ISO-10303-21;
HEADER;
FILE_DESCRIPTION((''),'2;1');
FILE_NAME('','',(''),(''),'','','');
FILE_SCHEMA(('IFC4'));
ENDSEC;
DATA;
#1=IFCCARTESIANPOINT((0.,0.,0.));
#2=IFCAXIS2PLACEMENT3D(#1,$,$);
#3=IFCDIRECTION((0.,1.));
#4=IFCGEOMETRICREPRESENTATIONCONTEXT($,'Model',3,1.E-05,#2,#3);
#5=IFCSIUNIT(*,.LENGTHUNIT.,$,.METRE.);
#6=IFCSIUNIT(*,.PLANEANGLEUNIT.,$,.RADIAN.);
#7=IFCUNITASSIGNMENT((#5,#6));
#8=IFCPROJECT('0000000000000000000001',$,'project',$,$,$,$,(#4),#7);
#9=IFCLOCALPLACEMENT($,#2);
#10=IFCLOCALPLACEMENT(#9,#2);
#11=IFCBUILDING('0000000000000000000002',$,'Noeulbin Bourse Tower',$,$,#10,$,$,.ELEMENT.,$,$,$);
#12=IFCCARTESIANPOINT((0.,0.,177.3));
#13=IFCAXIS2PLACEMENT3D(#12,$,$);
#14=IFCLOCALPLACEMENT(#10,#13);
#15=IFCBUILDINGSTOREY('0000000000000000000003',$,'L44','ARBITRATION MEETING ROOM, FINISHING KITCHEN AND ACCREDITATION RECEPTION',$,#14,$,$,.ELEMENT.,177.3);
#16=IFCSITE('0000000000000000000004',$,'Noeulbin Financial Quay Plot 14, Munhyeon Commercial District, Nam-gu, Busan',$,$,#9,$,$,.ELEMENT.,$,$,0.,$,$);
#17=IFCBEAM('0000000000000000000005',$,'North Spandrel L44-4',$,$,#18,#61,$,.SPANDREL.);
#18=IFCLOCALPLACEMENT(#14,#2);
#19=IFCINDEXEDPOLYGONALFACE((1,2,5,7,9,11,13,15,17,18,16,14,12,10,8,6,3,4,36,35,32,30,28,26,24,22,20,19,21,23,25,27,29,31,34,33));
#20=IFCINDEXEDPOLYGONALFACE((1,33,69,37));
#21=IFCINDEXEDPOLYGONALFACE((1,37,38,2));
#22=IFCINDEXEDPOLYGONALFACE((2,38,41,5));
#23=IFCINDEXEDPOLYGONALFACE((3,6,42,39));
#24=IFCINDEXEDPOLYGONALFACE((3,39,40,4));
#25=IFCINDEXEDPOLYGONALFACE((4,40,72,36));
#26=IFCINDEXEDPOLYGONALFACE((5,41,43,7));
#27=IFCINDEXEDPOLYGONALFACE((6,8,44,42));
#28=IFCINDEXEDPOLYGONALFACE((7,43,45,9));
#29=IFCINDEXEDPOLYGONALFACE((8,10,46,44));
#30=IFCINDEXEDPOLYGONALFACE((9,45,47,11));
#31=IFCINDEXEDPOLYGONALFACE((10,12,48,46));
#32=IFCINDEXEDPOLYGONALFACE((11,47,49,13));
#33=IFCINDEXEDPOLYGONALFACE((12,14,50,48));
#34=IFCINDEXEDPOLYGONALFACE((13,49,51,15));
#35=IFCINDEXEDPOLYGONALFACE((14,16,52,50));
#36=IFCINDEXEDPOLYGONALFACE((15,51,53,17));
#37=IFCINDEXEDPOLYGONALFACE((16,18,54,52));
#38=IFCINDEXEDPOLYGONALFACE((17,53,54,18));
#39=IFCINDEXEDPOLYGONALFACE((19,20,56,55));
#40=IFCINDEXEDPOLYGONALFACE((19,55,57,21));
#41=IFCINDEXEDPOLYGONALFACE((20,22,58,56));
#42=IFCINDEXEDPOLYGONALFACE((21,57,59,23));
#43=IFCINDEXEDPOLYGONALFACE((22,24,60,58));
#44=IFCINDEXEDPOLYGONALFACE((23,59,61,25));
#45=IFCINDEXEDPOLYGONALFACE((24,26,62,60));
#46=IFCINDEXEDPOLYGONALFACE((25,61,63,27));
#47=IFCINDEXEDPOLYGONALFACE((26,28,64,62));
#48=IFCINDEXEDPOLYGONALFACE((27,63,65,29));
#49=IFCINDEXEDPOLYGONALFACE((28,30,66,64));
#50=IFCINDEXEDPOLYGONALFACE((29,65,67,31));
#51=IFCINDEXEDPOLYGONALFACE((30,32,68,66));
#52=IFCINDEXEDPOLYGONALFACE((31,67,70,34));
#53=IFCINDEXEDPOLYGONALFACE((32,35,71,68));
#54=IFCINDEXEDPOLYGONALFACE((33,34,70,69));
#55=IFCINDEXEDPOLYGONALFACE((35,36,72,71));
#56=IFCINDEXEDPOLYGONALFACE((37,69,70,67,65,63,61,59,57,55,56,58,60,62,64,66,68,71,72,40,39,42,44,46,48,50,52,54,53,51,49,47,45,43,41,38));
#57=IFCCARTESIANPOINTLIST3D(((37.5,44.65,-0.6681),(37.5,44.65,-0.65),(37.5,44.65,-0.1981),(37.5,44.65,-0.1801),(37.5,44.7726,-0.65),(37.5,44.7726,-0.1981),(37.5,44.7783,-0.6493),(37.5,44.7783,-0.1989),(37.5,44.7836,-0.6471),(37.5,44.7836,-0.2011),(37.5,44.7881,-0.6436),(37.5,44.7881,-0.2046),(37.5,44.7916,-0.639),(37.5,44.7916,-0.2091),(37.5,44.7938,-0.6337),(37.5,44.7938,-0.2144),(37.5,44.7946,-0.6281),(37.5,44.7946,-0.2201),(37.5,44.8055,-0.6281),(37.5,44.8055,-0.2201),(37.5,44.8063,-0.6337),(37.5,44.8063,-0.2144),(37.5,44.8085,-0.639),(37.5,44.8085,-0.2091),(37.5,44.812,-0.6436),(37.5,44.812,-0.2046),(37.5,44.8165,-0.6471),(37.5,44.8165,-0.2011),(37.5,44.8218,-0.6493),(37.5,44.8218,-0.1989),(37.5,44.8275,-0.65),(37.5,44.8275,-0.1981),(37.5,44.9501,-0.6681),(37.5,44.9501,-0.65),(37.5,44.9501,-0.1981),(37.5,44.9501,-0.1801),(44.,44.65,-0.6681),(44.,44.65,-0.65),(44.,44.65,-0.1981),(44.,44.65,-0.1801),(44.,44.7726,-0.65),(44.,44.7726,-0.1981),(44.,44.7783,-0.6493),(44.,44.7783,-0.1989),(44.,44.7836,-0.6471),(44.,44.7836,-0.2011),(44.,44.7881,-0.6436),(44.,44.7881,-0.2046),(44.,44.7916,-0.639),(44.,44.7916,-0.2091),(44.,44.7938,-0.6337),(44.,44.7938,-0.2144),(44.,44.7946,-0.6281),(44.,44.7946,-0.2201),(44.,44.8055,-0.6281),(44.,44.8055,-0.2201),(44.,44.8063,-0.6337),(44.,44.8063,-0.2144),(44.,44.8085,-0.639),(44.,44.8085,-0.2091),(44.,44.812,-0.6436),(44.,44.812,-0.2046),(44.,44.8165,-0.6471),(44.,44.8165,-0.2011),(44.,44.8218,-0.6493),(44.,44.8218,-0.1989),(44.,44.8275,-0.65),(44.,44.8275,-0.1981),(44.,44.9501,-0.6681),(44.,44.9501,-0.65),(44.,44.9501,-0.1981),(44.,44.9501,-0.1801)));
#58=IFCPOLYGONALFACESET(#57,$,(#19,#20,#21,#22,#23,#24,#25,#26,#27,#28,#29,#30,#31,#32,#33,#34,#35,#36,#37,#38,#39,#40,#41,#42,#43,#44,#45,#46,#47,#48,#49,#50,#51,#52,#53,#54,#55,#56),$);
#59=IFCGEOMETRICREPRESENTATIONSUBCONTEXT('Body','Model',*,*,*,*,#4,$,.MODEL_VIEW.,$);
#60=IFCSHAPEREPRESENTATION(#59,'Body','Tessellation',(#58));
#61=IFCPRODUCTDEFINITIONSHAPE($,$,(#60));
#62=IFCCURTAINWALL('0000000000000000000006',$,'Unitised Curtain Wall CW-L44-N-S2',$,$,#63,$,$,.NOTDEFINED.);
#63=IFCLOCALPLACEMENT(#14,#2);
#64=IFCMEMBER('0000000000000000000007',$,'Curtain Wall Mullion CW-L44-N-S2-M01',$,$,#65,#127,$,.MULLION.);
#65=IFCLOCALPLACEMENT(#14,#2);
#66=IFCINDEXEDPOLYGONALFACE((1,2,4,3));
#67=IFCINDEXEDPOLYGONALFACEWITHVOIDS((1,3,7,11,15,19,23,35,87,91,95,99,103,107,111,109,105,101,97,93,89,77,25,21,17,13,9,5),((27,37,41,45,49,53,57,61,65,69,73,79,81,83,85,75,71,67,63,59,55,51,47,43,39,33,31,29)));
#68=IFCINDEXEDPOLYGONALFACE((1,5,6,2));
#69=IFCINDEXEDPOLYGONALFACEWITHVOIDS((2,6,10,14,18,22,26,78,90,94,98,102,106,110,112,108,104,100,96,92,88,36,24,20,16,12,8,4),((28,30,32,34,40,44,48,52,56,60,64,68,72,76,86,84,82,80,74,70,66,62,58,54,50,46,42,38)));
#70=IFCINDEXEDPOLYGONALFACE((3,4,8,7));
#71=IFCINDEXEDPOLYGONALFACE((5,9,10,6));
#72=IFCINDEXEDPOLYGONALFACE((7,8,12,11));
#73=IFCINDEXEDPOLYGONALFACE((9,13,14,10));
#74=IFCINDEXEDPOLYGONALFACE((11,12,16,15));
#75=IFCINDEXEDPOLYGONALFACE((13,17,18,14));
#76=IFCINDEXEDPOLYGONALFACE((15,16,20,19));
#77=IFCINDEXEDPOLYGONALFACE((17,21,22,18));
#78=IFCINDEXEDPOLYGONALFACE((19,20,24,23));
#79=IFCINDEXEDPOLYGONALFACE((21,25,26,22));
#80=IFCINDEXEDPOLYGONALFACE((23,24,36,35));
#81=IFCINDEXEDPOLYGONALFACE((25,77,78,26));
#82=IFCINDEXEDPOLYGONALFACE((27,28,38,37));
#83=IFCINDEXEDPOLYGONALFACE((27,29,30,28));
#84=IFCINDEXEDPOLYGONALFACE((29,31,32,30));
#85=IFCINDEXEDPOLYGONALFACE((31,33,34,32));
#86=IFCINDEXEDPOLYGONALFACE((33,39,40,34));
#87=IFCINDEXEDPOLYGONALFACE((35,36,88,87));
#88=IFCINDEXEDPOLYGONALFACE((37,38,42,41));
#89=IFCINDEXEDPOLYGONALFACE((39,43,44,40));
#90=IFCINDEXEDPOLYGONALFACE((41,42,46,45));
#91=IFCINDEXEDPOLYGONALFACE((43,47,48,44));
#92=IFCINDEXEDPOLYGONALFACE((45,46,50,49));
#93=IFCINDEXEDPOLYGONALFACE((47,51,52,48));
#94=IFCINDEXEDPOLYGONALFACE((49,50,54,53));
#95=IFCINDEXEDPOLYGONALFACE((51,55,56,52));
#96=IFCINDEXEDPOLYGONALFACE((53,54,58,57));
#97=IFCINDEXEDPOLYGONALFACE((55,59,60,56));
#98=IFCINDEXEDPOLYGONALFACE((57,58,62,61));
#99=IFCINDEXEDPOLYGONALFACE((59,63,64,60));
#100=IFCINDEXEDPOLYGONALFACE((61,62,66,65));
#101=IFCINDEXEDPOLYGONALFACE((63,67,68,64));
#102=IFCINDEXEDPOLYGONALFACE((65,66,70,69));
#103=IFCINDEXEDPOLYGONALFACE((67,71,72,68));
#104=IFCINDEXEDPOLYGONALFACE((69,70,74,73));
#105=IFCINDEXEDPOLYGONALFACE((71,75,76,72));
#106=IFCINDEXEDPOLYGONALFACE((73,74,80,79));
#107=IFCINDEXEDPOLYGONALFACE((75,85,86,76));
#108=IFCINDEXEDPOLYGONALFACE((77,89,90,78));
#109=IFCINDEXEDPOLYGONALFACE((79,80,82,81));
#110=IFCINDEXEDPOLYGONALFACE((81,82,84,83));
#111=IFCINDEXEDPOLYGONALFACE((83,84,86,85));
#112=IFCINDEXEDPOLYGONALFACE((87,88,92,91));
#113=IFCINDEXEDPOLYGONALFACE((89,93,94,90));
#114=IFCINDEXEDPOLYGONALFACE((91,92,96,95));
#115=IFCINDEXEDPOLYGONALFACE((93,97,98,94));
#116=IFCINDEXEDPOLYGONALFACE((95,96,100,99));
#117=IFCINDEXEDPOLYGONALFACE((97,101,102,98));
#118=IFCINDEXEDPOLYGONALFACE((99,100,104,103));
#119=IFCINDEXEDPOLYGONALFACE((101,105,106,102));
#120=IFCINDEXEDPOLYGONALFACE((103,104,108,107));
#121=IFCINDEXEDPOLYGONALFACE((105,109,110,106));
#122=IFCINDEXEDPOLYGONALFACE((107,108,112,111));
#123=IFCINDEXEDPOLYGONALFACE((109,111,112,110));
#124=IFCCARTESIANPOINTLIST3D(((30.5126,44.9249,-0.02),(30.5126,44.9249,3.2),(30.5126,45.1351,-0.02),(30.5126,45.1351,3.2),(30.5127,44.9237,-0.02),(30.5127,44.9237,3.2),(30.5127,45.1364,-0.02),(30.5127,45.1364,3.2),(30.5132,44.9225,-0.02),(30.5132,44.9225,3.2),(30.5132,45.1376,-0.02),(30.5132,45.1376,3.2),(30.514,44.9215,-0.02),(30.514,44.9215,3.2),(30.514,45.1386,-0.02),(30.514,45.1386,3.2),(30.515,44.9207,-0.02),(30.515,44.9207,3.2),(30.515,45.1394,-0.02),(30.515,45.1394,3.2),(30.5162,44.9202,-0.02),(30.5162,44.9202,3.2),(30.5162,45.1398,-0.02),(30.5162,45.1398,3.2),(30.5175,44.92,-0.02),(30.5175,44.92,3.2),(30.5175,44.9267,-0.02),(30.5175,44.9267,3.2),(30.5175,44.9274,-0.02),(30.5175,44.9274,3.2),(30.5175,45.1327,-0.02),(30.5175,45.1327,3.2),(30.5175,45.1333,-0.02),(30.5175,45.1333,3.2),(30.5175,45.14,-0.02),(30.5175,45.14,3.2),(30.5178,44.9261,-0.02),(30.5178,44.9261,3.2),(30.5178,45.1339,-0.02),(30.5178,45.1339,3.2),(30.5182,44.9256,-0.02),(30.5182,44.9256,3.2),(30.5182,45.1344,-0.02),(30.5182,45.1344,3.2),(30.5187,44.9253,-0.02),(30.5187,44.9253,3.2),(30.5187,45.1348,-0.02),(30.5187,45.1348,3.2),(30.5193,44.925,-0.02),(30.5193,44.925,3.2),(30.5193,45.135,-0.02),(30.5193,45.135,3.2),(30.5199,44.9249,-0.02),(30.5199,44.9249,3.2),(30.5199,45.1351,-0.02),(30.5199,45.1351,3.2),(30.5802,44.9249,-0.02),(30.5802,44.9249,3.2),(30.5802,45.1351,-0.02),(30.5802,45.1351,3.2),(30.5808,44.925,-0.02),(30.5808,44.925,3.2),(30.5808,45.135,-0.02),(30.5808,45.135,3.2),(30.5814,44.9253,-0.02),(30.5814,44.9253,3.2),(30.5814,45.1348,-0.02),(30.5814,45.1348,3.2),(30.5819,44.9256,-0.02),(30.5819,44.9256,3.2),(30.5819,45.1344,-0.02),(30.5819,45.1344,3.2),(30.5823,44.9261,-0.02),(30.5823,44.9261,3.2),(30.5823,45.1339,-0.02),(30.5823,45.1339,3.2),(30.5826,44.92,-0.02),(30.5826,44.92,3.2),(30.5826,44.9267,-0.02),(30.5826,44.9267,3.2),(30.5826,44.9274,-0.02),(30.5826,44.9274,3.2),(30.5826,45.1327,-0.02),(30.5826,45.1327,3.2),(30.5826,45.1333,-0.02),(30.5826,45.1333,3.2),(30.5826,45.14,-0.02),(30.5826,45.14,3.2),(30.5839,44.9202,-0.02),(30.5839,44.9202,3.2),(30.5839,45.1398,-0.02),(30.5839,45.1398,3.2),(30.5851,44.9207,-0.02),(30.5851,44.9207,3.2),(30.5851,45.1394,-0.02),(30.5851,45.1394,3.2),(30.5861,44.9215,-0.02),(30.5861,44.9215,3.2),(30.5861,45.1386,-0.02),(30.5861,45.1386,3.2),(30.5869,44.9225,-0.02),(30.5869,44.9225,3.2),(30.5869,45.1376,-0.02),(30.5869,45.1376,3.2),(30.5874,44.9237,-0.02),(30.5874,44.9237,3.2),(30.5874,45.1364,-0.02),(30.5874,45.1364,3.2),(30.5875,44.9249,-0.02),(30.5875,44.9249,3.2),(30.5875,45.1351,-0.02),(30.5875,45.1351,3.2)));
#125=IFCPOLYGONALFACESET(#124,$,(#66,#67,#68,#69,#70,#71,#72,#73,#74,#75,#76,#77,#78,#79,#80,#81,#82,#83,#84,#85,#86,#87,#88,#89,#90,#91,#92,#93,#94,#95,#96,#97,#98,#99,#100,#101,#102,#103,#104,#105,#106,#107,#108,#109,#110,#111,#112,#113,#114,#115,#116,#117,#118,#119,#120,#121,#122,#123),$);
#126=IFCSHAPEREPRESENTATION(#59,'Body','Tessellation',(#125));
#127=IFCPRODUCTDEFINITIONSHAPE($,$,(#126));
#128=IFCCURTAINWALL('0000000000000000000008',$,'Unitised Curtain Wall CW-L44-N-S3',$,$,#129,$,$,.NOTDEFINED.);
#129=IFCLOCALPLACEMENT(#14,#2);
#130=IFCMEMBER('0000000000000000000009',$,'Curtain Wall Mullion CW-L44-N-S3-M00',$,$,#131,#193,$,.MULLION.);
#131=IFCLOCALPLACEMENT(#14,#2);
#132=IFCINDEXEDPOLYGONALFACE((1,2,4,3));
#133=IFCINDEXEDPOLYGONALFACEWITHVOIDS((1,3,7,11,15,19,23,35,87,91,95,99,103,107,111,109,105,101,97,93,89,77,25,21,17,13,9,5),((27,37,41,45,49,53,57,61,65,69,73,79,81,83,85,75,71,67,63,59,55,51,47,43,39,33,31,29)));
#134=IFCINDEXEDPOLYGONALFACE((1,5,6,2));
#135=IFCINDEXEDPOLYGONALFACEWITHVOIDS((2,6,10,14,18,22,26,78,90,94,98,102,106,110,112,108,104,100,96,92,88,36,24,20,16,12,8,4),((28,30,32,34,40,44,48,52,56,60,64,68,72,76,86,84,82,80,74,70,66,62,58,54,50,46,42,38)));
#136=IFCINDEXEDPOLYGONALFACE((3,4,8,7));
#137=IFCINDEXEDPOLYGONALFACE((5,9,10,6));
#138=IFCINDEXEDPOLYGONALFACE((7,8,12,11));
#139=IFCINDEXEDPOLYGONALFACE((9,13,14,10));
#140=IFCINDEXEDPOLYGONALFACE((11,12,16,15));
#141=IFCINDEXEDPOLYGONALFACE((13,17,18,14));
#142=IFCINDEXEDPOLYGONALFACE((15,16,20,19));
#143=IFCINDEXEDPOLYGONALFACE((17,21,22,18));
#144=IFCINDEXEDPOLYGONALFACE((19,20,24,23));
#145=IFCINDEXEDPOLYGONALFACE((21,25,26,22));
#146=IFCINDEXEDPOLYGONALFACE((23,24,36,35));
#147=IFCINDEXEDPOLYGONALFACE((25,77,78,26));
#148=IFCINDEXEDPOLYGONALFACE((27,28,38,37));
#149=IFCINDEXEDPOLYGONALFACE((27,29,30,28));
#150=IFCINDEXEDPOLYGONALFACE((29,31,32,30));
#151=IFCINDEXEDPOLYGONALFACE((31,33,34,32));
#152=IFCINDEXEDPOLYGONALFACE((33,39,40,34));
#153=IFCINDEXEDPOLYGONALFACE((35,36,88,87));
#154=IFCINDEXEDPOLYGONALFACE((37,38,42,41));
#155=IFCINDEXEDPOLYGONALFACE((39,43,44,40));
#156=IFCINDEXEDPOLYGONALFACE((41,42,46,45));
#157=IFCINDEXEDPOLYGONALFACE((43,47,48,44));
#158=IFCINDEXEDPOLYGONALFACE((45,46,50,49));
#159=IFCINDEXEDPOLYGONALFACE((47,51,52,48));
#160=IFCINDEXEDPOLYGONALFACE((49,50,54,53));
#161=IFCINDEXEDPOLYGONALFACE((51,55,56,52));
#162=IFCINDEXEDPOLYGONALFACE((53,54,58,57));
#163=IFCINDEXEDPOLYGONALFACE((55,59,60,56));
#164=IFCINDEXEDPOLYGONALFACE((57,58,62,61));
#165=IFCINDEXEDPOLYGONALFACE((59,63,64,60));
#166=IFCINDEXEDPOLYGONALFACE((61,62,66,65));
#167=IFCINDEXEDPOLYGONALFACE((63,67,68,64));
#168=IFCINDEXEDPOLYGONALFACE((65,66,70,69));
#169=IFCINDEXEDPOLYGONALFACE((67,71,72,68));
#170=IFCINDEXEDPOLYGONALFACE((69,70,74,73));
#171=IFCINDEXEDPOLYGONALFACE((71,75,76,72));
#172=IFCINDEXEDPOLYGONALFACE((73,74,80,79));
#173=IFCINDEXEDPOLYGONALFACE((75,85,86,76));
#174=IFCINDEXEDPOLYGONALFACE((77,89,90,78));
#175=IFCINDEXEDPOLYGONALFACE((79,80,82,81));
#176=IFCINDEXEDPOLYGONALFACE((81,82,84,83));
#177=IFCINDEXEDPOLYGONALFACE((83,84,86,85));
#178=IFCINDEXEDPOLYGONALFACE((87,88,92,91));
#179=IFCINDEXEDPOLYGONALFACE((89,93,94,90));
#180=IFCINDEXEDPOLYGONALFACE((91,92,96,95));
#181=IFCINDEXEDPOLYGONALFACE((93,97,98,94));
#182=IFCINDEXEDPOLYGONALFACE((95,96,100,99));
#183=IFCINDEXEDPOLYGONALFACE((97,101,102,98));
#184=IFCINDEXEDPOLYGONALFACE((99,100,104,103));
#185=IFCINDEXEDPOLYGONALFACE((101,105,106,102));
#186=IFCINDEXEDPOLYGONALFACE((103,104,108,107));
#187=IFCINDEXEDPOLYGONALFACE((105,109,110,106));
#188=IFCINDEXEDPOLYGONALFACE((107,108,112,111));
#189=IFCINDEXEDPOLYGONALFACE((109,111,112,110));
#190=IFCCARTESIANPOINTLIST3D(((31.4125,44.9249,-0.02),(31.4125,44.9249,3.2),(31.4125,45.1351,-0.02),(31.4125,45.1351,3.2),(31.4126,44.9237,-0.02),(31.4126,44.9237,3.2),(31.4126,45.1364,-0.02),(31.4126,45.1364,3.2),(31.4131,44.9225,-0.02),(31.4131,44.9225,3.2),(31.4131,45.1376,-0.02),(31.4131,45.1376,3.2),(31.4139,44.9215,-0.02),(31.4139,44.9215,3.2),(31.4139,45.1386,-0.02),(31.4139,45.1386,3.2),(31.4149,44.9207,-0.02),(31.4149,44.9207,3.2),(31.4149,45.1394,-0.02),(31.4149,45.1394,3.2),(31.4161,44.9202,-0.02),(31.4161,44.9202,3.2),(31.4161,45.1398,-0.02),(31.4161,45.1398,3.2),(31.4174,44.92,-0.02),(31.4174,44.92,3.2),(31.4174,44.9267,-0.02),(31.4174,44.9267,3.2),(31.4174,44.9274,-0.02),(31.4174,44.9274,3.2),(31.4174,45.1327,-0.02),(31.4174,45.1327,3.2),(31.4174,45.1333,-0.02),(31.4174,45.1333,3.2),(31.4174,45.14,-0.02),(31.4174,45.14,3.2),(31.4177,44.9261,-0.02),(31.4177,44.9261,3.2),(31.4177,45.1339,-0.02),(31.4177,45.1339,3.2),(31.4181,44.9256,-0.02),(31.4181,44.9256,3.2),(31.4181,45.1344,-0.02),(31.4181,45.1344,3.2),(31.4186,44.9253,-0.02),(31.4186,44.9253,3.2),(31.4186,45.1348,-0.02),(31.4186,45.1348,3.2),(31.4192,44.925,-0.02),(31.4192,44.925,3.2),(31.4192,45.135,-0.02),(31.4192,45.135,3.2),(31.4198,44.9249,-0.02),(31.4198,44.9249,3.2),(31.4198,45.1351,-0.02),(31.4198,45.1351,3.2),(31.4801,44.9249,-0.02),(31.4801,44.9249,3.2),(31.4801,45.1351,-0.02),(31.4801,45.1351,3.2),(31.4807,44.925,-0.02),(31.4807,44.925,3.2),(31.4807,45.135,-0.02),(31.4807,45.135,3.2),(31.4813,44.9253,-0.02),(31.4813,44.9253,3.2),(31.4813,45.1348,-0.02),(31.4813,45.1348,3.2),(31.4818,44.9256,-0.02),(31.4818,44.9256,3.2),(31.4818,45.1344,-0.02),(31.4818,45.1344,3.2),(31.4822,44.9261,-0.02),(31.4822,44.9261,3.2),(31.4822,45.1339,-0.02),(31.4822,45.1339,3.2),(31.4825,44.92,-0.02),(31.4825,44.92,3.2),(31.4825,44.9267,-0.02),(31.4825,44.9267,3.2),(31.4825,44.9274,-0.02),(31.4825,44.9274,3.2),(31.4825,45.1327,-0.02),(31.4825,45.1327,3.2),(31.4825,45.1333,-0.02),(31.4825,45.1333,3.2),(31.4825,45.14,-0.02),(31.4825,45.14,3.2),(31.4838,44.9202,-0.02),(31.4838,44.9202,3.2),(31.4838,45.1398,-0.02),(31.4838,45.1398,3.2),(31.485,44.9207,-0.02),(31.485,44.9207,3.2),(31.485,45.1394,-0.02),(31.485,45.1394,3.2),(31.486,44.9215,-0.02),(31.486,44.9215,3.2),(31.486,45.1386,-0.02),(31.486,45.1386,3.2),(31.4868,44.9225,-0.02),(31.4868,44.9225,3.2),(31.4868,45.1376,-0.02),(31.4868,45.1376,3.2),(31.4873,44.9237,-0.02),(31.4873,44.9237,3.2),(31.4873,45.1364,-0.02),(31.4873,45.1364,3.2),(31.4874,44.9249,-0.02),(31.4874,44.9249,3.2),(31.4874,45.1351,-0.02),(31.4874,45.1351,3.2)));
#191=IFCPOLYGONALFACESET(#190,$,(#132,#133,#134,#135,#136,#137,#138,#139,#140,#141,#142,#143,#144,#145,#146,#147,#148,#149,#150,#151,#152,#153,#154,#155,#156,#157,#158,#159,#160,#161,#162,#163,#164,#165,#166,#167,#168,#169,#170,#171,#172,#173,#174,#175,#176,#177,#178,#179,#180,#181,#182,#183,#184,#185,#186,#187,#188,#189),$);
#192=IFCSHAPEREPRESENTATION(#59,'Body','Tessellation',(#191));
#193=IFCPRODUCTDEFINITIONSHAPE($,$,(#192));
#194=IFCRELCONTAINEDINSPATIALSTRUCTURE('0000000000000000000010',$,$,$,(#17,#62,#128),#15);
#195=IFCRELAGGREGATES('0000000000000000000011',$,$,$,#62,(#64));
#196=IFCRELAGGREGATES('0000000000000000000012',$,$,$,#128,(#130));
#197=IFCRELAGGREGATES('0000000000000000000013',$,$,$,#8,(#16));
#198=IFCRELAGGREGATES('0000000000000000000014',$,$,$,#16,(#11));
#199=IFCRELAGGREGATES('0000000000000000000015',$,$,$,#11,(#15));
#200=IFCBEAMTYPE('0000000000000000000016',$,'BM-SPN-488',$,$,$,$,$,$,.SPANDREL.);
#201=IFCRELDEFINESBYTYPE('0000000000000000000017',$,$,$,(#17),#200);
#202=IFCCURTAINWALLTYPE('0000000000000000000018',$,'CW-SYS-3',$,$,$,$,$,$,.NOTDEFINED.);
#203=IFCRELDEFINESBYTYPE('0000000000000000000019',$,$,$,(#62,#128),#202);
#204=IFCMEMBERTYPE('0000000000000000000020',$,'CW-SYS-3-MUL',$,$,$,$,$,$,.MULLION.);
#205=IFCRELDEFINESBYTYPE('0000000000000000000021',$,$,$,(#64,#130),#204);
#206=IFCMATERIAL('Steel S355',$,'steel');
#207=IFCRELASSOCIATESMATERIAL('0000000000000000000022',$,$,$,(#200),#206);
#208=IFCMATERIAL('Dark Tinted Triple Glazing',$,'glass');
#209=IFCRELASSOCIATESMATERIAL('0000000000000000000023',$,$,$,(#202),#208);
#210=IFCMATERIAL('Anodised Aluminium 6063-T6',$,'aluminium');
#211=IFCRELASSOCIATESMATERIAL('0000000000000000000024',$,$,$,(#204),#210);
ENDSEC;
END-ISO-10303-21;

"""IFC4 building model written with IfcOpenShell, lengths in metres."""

from ifc_helpers import new_model, si_unit, direction, frame, origin, origin_2d, place, context, subcontext, project, spatial, hollow_rectangle, i_section, extrude, material, material_profile, profile_set, type_object, element, aggregate, save


model = new_model("IFC4")

# Units and contexts
model_context = context("Model", 3, precision=1e-05, world=origin(), true_north=direction((0.0, 1.0)))
body_context = subcontext(model_context, "Body", "Model", "MODEL_VIEW")
ifc_project = project(units=[si_unit("LENGTHUNIT", "METRE"), si_unit("PLANEANGLEUNIT", "RADIAN")], contexts=[model_context])

# Site, building, storey
site_placement = place(None, origin())
site = spatial("IfcSite", under=ifc_project, at=site_placement, Name="Noeulbin Financial Quay Plot 14, Munhyeon Commercial District, Nam-gu, Busan", CompositionType="ELEMENT", RefElevation=0.0)
building_placement = place(site_placement, origin())
building = spatial("IfcBuilding", under=site, at=building_placement, Name="Noeulbin Bourse Tower", CompositionType="ELEMENT")
storey_placement = place(building_placement, frame((0.0, 0.0, 177.3)))
storey = spatial("IfcBuildingStorey", under=building, at=storey_placement, Name="L44", Description="ARBITRATION MEETING ROOM, FINISHING KITCHEN AND ACCREDITATION RECEPTION", CompositionType="ELEMENT", Elevation=177.3)

# Shared definitions
ifc_material_1 = material(Name="Steel S355", Category="steel")

# Beam
ifc_material_profile_1 = material_profile(ifc_material_1, i_section(OverallWidth=0.3, OverallDepth=0.488, WebThickness=0.011, FlangeThickness=0.0181, FilletRadius=0.022, at=origin_2d()), Name="H-488x300x11x18", Category="LoadBearing")
ifc_profile_set_1 = profile_set([ifc_material_profile_1], Name="Steel S355")
beam_type_1 = type_object("IfcBeamType", Name="BM-SPN-488", PredefinedType="SPANDREL", material=ifc_profile_set_1)
for number, where, z_axis, x_axis, name in (
    (1, (37.5, 44.8, -0.4241), (1.0, 0.0, 0.0), (0.0, 1.0, 0.0), "North Spandrel L44-4"),
):
    element("IfcBeam", number, at=place(storey_placement, frame(where, z_axis=z_axis, x_axis=x_axis)), inside=storey, type_object=beam_type_1, Name=name, PredefinedType="SPANDREL", context=body_context, shape_type="SweptSolid", body=[
        extrude(i_section(OverallWidth=0.3, OverallDepth=0.488, WebThickness=0.011, FlangeThickness=0.0181, FilletRadius=0.022, at=origin_2d()), origin(), (0.0, 0.0, 1.0), 6.5),
    ])

# Curtain wall, member
ifc_material_2 = material(Name="Dark Tinted Triple Glazing", Category="glass")
curtain_wall_type = type_object("IfcCurtainWallType", Name="CW-SYS-3", PredefinedType="NOTDEFINED", material=ifc_material_2)
curtain_wall_1_placement = place(storey_placement, origin())
curtain_wall_1 = element("IfcCurtainWall", 2, at=curtain_wall_1_placement, inside=storey, type_object=curtain_wall_type, Name="Unitised Curtain Wall CW-L44-N-S2", PredefinedType="NOTDEFINED")
ifc_material_3 = material(Name="Anodised Aluminium 6063-T6", Category="aluminium")
ifc_material_profile_2 = material_profile(ifc_material_3, hollow_rectangle(XDim=0.075, YDim=0.22, WallThickness=0.0049, InnerFilletRadius=0.0024, OuterFilletRadius=0.0049, at=origin_2d()), Name="ALU-MULL-75x220x5", Category="LoadBearing")
ifc_profile_set_2 = profile_set([ifc_material_profile_2], Name="Anodised Aluminium 6063-T6")
member_type_1 = type_object("IfcMemberType", Name="CW-SYS-3-MUL", PredefinedType="MULLION", material=ifc_profile_set_2)
member_1_placement = place(storey_placement, frame((30.55, 45.03, -0.02), z_axis=(0.0, 0.0, 1.0), x_axis=(1.0, 0.0, 0.0)))
member_1 = element("IfcMember", 3, at=member_1_placement, type_object=member_type_1, Name="Curtain Wall Mullion CW-L44-N-S2-M01", PredefinedType="MULLION", context=body_context, shape_type="SweptSolid", body=[
    extrude(hollow_rectangle(XDim=0.075, YDim=0.22, WallThickness=0.0049, InnerFilletRadius=0.0024, OuterFilletRadius=0.0049, at=origin_2d()), origin(), (0.0, 0.0, 1.0), 3.22),
])
aggregate(curtain_wall_1, [member_1])

# Curtain wall, member
curtain_wall_2_placement = place(storey_placement, origin())
curtain_wall_2 = element("IfcCurtainWall", 4, at=curtain_wall_2_placement, inside=storey, type_object=curtain_wall_type, Name="Unitised Curtain Wall CW-L44-N-S3", PredefinedType="NOTDEFINED")
member_2_placement = place(storey_placement, frame((31.45, 45.03, -0.02), z_axis=(0.0, 0.0, 1.0), x_axis=(1.0, 0.0, 0.0)))
member_2 = element("IfcMember", 5, at=member_2_placement, type_object=member_type_1, Name="Curtain Wall Mullion CW-L44-N-S3-M00", PredefinedType="MULLION", context=body_context, shape_type="SweptSolid", body=[
    extrude(hollow_rectangle(XDim=0.075, YDim=0.22, WallThickness=0.0049, InnerFilletRadius=0.0024, OuterFilletRadius=0.0049, at=origin_2d()), origin(), (0.0, 0.0, 1.0), 3.22),
])

aggregate(curtain_wall_2, [member_2])

save(model, "model.ifc")
